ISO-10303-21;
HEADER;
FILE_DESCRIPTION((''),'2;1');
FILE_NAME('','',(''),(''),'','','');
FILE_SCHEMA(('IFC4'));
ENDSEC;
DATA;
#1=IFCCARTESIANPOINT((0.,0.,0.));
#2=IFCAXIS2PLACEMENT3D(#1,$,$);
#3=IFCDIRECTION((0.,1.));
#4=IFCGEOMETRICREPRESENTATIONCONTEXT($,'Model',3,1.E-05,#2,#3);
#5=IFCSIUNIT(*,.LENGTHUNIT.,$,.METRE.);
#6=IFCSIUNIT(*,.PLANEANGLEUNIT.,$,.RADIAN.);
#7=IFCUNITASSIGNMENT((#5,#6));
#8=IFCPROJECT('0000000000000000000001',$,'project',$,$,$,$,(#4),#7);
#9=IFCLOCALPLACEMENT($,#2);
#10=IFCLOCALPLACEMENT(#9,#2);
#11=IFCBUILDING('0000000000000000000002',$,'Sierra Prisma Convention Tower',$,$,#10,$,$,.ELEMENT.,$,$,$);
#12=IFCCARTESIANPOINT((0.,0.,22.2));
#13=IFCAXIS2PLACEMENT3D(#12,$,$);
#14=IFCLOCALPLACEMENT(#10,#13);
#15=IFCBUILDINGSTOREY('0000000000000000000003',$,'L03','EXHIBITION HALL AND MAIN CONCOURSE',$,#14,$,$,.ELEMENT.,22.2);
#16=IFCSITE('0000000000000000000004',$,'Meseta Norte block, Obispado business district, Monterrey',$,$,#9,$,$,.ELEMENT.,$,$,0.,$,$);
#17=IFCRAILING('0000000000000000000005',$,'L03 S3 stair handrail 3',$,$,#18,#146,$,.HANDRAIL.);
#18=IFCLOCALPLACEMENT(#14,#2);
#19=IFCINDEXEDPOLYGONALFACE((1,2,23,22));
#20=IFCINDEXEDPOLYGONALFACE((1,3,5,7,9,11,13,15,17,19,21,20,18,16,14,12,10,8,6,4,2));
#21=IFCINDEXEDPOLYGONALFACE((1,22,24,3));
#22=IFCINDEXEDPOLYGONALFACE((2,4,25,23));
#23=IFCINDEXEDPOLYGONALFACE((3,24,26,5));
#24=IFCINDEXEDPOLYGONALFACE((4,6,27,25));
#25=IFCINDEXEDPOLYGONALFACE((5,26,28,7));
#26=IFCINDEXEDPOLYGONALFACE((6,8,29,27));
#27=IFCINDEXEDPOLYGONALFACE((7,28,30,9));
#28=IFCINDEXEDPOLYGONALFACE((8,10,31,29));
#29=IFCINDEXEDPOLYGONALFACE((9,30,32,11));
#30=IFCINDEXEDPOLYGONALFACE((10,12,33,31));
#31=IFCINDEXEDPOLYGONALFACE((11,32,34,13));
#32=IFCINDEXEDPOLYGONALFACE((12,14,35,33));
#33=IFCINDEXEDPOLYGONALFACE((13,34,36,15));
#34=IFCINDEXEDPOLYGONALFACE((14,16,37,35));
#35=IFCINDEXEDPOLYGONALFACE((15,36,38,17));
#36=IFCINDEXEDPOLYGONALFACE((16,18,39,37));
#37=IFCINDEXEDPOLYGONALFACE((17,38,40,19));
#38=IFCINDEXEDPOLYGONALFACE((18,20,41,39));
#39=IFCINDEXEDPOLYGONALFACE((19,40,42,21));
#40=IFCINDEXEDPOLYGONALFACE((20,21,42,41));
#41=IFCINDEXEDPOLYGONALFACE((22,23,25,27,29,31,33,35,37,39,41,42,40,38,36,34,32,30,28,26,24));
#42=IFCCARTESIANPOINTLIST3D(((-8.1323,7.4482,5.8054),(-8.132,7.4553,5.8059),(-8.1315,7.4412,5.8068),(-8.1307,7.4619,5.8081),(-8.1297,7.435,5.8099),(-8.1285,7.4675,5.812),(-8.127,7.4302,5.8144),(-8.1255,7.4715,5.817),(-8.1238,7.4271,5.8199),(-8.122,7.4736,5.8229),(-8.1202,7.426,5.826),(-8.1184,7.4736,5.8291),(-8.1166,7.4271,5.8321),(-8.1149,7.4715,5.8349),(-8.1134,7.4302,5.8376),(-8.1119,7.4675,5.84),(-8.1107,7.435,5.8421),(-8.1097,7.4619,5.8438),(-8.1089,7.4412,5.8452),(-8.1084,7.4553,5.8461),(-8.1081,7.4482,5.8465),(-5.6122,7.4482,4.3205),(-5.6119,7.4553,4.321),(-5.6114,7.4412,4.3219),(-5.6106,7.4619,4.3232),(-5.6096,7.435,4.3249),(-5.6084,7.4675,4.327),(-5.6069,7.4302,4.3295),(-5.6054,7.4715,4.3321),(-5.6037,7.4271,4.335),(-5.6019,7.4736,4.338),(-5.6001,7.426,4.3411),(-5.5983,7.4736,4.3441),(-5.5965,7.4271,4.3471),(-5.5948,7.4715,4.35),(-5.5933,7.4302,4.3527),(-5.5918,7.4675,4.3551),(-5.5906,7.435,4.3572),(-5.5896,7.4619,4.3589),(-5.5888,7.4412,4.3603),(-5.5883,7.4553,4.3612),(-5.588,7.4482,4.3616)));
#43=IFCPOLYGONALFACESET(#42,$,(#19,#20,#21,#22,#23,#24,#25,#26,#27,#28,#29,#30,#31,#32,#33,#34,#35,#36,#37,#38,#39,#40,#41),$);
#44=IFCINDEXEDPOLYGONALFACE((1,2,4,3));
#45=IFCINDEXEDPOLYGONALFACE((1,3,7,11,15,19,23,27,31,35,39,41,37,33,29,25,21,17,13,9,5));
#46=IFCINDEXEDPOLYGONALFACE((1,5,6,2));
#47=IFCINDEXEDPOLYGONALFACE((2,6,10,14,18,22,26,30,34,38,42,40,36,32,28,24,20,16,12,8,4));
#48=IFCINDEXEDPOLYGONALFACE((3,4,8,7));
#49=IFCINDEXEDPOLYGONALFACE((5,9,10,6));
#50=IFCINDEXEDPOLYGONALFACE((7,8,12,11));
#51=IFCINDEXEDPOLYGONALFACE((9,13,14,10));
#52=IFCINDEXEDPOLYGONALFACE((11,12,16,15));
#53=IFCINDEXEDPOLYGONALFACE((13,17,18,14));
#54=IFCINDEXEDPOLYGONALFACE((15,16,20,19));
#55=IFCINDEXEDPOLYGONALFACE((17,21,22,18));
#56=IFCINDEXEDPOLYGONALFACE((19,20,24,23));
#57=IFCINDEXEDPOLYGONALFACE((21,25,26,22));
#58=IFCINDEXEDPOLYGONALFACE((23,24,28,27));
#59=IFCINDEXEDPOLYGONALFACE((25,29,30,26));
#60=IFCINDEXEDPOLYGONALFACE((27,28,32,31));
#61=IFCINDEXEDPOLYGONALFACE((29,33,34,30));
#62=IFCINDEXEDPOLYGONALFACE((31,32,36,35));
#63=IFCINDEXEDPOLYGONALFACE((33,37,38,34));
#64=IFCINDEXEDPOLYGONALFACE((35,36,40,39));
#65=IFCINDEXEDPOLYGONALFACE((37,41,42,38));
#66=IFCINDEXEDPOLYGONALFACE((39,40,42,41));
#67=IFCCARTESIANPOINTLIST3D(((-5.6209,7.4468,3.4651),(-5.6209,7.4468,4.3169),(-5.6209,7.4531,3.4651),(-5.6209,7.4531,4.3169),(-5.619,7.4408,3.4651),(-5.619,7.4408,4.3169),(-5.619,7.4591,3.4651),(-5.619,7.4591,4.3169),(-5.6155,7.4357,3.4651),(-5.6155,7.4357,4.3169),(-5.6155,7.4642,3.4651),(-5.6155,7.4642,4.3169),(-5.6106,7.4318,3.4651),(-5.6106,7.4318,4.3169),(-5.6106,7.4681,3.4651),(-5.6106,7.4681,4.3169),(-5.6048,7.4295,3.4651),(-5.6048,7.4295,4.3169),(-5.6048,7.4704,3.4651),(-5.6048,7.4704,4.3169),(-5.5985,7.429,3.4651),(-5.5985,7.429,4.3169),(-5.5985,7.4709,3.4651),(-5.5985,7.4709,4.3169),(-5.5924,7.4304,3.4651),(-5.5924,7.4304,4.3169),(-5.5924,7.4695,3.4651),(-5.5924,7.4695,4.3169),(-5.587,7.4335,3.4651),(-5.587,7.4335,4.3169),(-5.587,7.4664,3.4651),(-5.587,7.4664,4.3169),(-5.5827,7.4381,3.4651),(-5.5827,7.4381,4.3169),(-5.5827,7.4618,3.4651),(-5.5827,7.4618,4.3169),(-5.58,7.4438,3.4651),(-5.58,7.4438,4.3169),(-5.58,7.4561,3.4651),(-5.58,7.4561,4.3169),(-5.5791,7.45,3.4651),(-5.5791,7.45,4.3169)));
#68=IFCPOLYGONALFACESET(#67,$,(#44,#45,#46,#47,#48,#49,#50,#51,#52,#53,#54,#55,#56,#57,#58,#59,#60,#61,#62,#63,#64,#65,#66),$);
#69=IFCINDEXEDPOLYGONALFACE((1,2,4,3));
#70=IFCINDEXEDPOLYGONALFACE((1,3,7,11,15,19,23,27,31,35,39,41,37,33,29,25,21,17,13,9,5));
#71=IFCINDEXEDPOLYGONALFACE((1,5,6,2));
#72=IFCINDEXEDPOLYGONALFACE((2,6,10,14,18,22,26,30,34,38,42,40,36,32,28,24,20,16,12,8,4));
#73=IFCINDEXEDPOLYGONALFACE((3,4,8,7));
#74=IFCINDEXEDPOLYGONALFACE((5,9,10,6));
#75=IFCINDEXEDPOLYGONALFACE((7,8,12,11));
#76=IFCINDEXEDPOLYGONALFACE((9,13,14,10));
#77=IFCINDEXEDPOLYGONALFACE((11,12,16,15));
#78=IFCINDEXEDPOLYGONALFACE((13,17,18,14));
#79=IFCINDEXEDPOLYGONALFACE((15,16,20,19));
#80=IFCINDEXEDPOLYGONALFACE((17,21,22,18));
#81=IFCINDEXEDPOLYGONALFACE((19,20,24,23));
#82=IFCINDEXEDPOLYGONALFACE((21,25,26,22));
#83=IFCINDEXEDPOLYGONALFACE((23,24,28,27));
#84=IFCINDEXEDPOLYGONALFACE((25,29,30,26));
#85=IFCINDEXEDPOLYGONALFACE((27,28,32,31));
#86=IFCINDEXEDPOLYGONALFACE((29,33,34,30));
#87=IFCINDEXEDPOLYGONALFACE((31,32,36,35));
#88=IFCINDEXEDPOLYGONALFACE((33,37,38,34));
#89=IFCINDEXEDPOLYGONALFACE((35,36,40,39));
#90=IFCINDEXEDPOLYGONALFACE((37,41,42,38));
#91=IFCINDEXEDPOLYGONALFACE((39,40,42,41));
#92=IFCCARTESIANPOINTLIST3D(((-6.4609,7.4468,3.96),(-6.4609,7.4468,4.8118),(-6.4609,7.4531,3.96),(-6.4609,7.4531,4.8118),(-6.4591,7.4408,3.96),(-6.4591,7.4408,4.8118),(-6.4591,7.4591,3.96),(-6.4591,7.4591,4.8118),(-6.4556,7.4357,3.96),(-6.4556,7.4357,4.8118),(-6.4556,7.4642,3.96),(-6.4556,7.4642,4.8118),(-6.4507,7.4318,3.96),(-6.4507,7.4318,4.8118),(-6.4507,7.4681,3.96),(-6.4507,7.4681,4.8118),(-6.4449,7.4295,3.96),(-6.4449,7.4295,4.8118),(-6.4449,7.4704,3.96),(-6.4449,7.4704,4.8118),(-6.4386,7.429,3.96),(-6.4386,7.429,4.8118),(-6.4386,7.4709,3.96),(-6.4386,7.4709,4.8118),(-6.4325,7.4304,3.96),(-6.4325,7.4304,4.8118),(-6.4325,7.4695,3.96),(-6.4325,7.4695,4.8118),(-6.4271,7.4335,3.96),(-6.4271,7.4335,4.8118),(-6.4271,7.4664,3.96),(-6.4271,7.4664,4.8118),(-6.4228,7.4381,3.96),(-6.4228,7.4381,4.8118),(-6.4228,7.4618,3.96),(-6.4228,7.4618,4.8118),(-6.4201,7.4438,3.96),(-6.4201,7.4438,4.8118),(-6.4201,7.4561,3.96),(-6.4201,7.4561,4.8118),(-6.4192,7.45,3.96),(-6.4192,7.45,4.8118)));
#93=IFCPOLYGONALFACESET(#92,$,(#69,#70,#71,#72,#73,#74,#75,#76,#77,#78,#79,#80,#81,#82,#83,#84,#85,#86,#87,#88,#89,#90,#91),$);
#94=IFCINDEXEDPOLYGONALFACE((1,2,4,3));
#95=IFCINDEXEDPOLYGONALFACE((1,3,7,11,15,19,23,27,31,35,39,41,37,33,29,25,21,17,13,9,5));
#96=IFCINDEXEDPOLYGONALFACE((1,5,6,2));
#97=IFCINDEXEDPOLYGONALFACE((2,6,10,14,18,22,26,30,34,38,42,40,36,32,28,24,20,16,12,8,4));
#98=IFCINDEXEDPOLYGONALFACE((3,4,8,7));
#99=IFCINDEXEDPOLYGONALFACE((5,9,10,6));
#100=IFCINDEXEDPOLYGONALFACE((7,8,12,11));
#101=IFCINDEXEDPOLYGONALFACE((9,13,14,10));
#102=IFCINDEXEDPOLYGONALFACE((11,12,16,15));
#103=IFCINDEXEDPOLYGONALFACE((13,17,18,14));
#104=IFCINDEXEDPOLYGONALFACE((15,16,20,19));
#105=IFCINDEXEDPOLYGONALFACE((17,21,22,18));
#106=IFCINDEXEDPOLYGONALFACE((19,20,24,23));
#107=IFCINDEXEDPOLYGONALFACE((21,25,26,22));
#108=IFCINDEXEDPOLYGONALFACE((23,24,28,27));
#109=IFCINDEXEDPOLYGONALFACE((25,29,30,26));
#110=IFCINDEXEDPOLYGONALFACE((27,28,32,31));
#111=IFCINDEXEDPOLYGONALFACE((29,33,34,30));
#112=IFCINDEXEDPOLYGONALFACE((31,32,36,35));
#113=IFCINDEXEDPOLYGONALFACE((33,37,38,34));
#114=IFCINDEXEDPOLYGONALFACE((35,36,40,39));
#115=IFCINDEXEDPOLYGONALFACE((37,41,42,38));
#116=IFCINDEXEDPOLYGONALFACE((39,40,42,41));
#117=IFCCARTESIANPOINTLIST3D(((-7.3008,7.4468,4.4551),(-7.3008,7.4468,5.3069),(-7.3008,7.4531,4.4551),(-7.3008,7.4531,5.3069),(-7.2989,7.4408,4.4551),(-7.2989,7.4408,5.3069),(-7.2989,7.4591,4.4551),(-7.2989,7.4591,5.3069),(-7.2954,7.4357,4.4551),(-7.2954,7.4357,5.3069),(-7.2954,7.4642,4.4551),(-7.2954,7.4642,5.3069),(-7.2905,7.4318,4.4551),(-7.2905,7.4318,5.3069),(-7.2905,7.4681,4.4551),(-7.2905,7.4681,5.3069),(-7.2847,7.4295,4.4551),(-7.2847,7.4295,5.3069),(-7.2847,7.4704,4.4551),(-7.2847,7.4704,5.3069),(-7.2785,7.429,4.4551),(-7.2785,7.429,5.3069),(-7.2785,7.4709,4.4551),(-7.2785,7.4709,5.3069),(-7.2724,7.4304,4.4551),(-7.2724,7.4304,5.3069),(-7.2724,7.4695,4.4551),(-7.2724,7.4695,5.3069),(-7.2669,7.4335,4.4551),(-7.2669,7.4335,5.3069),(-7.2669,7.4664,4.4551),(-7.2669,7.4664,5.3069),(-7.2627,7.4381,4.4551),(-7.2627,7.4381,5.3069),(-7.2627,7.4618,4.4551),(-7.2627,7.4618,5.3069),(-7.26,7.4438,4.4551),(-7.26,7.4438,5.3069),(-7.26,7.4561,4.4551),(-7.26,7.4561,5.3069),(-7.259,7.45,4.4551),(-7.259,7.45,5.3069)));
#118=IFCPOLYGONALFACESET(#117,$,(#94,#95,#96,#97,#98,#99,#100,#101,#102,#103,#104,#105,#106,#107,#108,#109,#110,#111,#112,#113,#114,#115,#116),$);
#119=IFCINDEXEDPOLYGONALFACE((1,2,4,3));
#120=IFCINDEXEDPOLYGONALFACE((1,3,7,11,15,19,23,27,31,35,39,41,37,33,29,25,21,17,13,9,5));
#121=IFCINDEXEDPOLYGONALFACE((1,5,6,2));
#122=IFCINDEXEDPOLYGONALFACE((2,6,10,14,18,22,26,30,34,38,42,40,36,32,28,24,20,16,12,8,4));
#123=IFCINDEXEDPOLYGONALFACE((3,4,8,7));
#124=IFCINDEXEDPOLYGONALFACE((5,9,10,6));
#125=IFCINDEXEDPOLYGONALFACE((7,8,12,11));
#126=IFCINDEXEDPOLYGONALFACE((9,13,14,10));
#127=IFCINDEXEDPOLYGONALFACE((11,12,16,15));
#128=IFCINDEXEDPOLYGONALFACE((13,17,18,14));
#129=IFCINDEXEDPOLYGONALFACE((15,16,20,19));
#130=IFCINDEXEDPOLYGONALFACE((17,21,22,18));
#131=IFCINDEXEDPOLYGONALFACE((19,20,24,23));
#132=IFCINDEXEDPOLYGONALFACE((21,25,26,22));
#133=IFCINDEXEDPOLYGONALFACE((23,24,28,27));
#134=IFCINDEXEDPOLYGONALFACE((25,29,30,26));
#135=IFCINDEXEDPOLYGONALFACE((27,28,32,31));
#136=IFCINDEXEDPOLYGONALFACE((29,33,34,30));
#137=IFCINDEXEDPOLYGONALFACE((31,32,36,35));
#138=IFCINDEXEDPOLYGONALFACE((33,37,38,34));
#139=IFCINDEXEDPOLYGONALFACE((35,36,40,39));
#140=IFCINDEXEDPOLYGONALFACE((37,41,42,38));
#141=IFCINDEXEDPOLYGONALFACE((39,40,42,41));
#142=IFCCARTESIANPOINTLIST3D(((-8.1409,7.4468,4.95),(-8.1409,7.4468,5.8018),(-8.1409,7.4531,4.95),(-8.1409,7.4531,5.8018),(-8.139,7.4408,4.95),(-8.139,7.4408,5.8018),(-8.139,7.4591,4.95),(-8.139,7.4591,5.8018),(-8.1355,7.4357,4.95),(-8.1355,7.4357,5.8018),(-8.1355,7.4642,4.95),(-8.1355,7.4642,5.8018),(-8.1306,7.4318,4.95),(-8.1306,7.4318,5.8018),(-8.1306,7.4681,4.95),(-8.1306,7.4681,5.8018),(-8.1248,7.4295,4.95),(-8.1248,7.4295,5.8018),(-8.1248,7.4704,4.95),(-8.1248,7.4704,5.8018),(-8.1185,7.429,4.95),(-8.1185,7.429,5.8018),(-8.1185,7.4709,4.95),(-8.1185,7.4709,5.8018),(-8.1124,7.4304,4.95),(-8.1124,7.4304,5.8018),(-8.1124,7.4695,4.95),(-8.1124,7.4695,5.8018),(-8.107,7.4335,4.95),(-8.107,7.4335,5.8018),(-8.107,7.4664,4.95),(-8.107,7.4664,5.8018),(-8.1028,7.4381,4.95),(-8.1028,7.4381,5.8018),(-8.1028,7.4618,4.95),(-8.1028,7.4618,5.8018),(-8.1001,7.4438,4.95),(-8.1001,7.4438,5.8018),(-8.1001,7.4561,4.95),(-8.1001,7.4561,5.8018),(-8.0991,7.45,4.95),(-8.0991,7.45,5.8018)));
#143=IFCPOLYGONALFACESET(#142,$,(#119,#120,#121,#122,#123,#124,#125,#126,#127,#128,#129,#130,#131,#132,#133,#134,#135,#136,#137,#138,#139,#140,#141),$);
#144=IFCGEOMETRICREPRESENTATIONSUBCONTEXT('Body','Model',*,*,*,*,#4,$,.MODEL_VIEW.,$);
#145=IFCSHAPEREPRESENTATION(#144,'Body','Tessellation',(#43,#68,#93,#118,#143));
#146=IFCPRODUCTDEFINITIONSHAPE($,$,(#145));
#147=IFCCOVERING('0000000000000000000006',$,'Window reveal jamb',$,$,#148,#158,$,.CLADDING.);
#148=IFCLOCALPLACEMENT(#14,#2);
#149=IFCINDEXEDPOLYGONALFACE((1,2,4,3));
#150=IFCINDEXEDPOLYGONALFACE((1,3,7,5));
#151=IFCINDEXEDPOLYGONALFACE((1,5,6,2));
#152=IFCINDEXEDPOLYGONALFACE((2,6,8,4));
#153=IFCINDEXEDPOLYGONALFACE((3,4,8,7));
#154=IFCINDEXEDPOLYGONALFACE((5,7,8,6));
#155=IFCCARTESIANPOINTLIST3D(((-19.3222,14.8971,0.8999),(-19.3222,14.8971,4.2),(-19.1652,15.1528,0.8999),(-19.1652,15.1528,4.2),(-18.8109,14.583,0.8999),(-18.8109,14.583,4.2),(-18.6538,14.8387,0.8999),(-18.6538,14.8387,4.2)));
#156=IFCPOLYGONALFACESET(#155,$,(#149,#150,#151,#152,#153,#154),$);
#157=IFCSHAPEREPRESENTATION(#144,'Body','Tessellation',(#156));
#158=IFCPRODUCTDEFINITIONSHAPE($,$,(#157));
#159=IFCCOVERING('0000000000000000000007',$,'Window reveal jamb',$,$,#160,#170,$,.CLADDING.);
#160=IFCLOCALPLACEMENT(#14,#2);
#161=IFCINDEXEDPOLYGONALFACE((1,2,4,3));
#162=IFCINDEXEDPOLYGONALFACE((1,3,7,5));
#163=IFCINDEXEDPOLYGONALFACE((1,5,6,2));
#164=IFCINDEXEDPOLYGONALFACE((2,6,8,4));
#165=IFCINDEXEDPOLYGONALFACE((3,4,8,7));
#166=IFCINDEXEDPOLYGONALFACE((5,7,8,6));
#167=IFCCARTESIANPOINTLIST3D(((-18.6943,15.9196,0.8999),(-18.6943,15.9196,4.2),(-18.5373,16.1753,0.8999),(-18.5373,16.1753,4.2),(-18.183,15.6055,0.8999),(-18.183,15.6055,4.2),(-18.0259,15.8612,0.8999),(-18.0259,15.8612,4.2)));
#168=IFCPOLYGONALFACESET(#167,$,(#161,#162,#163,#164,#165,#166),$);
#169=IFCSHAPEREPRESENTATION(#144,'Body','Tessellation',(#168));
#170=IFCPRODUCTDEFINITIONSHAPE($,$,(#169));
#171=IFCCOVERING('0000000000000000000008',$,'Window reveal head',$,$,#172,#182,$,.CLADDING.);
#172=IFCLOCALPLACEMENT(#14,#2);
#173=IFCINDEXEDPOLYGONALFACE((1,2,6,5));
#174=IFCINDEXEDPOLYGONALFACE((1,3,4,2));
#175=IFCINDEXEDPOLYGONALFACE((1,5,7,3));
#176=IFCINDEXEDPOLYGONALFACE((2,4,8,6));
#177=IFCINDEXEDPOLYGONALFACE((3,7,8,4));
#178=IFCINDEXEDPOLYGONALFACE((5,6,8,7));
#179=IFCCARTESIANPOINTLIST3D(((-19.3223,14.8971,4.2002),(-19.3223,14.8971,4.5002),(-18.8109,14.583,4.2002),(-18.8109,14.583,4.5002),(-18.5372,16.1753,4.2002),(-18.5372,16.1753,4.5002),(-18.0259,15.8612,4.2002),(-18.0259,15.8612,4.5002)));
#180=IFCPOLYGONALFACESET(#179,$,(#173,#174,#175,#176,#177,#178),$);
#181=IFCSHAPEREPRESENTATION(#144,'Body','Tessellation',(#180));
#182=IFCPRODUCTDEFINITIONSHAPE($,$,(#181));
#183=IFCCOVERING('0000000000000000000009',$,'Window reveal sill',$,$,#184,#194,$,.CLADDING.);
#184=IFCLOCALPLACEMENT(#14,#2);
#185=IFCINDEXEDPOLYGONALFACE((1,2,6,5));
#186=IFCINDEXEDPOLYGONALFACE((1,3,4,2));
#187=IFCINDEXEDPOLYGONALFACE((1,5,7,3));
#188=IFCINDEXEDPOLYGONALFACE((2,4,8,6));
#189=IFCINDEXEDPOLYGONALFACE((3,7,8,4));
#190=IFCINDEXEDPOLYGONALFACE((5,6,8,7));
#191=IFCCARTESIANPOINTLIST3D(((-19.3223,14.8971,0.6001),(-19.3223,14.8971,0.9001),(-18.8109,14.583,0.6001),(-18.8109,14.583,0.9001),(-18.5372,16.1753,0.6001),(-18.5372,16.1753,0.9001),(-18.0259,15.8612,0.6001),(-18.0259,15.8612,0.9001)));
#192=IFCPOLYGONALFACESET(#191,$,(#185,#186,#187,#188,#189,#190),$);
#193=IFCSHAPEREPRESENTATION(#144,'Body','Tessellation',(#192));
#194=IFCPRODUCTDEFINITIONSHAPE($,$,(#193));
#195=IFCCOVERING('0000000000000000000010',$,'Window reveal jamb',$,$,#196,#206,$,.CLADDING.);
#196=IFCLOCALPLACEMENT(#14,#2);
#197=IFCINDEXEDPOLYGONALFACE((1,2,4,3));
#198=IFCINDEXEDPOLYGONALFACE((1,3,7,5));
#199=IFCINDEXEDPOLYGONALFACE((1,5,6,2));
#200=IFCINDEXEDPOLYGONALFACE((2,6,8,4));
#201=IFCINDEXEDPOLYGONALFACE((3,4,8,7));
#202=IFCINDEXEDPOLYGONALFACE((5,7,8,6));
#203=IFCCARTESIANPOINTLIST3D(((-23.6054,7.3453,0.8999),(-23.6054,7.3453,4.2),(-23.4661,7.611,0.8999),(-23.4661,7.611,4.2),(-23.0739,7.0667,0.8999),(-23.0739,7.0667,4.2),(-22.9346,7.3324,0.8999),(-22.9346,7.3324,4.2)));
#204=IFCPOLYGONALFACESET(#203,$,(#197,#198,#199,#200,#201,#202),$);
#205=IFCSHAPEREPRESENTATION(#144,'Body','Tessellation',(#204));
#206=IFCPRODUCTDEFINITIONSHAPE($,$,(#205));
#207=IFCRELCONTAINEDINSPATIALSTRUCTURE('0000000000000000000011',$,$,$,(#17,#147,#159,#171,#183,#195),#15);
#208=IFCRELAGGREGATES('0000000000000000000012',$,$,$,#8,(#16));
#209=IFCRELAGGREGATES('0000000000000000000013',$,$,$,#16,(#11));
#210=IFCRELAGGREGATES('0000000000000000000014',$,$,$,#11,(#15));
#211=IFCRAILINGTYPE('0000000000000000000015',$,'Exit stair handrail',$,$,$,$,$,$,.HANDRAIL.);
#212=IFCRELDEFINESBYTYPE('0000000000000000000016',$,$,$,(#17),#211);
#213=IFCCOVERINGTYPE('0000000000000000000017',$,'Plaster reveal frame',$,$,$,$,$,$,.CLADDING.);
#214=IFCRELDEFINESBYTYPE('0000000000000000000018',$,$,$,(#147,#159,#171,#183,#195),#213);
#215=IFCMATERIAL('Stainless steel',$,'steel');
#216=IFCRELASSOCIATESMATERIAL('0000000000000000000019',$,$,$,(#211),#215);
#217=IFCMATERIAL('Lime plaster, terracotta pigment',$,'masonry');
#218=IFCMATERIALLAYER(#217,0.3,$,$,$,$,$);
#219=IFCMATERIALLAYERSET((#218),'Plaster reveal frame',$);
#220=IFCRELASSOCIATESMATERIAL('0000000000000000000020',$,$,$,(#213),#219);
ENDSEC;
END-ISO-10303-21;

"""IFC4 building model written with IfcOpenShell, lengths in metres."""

from ifc_helpers import new_model, si_unit, direction, frame, origin, origin_2d, place, context, subcontext, project, spatial, rectangle, circle, extrude, material, layer, layer_set, type_object, element, save


model = new_model("IFC4")

# Units and contexts
model_context = context("Model", 3, precision=1e-05, world=origin(), true_north=direction((0.0, 1.0)))
body_context = subcontext(model_context, "Body", "Model", "MODEL_VIEW")
ifc_project = project(units=[si_unit("LENGTHUNIT", "METRE"), si_unit("PLANEANGLEUNIT", "RADIAN")], contexts=[model_context])

# Site, building, storey
site_placement = place(None, origin())
site = spatial("IfcSite", under=ifc_project, at=site_placement, Name="Meseta Norte block, Obispado business district, Monterrey", CompositionType="ELEMENT", RefElevation=0.0)
building_placement = place(site_placement, origin())
building = spatial("IfcBuilding", under=site, at=building_placement, Name="Sierra Prisma Convention Tower", CompositionType="ELEMENT")
storey_placement = place(building_placement, frame((0.0, 0.0, 22.2)))
storey = spatial("IfcBuildingStorey", under=building, at=storey_placement, Name="L03", Description="EXHIBITION HALL AND MAIN CONCOURSE", CompositionType="ELEMENT", Elevation=22.2)

# Railing
ifc_material_1 = material(Name="Stainless steel", Category="steel")
railing_type_1 = type_object("IfcRailingType", Name="Exit stair handrail", PredefinedType="HANDRAIL", material=ifc_material_1)
railing_1_placement = place(storey_placement, frame((-5.6001, 7.45, 3.4651)))
element("IfcRailing", 1, at=railing_1_placement, inside=storey, type_object=railing_type_1, Name="L03 S3 stair handrail 3", PredefinedType="HANDRAIL", context=body_context, shape_type="SweptSolid", body=[
    extrude(circle(Radius=0.0239, at=origin_2d()), frame((0.0, 0.0, 0.876), z_axis=(-0.861561, 0.0, 0.507655), x_axis=(0.0, -1.0, 0.0)), (0.0, 0.0, 1.0), 2.925),
    extrude(circle(Radius=0.021, at=origin_2d()), origin(), (0.0, 0.0, 1.0), 0.8518),
    extrude(circle(Radius=0.021, at=origin_2d()), frame((-0.8401, 0.0, 0.4949)), (0.0, 0.0, 1.0), 0.8518),
    extrude(circle(Radius=0.021, at=origin_2d()), frame((-1.6799, 0.0, 0.99)), (0.0, 0.0, 1.0), 0.8518),
    extrude(circle(Radius=0.021, at=origin_2d()), frame((-2.52, 0.0, 1.4849)), (0.0, 0.0, 1.0), 0.8518),
])

# Coverings
ifc_material_2 = material(Name="Lime plaster, terracotta pigment", Category="masonry")
ifc_layer_1 = layer(ifc_material_2, 0.3)
ifc_layer_set_1 = layer_set([ifc_layer_1], Name="Plaster reveal frame")
covering_type = type_object("IfcCoveringType", Name="Plaster reveal frame", PredefinedType="CLADDING", material=ifc_layer_set_1)
for number, where, z_axis, x_axis, name in (
    (2, (-18.988, 14.8679, 0.8999), (0.0, 0.0, 1.0), (0.523373, 0.852103, 0.0), "Window reveal jamb"),
    (3, (-18.3601, 15.8904, 0.8999), (0.0, 0.0, 1.0), (0.523373, 0.852103, 0.0), "Window reveal jamb"),
):
    element("IfcCovering", number, at=place(storey_placement, frame(where, z_axis=z_axis, x_axis=x_axis)), inside=storey, type_object=covering_type, Name=name, PredefinedType="CLADDING", context=body_context, shape_type="SweptSolid", body=[
        extrude(rectangle(XDim=0.3, YDim=0.6001, at=origin_2d()), origin(), (0.0, 0.0, 1.0), 3.3),
    ])
for number, where, z_axis, x_axis, name in (
    (4, (-18.6741, 15.3792, 4.2002), (0.0, 0.0, 1.0), (0.523373, 0.852103, 0.0), "Window reveal head"),
    (5, (-18.6741, 15.3792, 0.6001), (0.0, 0.0, 1.0), (0.523373, 0.852103, 0.0), "Window reveal sill"),
):
    element("IfcCovering", number, at=place(storey_placement, frame(where, z_axis=z_axis, x_axis=x_axis)), inside=storey, type_object=covering_type, Name=name, PredefinedType="CLADDING", context=body_context, shape_type="SweptSolid", body=[
        extrude(rectangle(XDim=1.5, YDim=0.6001, at=origin_2d()), origin(), (0.0, 0.0, 1.0), 0.3),
    ])
covering_placement = place(storey_placement, frame((-23.27, 7.3389, 0.8999), z_axis=(0.0, 0.0, 1.0), x_axis=(0.464253, 0.885703, 0.0)))
element("IfcCovering", 6, at=covering_placement, inside=storey, type_object=covering_type, Name="Window reveal jamb", PredefinedType="CLADDING", context=body_context, shape_type="SweptSolid", body=[
    extrude(rectangle(XDim=0.3, YDim=0.6001, at=origin_2d()), origin(), (0.0, 0.0, 1.0), 3.3),
])

save(model, "model.ifc")
